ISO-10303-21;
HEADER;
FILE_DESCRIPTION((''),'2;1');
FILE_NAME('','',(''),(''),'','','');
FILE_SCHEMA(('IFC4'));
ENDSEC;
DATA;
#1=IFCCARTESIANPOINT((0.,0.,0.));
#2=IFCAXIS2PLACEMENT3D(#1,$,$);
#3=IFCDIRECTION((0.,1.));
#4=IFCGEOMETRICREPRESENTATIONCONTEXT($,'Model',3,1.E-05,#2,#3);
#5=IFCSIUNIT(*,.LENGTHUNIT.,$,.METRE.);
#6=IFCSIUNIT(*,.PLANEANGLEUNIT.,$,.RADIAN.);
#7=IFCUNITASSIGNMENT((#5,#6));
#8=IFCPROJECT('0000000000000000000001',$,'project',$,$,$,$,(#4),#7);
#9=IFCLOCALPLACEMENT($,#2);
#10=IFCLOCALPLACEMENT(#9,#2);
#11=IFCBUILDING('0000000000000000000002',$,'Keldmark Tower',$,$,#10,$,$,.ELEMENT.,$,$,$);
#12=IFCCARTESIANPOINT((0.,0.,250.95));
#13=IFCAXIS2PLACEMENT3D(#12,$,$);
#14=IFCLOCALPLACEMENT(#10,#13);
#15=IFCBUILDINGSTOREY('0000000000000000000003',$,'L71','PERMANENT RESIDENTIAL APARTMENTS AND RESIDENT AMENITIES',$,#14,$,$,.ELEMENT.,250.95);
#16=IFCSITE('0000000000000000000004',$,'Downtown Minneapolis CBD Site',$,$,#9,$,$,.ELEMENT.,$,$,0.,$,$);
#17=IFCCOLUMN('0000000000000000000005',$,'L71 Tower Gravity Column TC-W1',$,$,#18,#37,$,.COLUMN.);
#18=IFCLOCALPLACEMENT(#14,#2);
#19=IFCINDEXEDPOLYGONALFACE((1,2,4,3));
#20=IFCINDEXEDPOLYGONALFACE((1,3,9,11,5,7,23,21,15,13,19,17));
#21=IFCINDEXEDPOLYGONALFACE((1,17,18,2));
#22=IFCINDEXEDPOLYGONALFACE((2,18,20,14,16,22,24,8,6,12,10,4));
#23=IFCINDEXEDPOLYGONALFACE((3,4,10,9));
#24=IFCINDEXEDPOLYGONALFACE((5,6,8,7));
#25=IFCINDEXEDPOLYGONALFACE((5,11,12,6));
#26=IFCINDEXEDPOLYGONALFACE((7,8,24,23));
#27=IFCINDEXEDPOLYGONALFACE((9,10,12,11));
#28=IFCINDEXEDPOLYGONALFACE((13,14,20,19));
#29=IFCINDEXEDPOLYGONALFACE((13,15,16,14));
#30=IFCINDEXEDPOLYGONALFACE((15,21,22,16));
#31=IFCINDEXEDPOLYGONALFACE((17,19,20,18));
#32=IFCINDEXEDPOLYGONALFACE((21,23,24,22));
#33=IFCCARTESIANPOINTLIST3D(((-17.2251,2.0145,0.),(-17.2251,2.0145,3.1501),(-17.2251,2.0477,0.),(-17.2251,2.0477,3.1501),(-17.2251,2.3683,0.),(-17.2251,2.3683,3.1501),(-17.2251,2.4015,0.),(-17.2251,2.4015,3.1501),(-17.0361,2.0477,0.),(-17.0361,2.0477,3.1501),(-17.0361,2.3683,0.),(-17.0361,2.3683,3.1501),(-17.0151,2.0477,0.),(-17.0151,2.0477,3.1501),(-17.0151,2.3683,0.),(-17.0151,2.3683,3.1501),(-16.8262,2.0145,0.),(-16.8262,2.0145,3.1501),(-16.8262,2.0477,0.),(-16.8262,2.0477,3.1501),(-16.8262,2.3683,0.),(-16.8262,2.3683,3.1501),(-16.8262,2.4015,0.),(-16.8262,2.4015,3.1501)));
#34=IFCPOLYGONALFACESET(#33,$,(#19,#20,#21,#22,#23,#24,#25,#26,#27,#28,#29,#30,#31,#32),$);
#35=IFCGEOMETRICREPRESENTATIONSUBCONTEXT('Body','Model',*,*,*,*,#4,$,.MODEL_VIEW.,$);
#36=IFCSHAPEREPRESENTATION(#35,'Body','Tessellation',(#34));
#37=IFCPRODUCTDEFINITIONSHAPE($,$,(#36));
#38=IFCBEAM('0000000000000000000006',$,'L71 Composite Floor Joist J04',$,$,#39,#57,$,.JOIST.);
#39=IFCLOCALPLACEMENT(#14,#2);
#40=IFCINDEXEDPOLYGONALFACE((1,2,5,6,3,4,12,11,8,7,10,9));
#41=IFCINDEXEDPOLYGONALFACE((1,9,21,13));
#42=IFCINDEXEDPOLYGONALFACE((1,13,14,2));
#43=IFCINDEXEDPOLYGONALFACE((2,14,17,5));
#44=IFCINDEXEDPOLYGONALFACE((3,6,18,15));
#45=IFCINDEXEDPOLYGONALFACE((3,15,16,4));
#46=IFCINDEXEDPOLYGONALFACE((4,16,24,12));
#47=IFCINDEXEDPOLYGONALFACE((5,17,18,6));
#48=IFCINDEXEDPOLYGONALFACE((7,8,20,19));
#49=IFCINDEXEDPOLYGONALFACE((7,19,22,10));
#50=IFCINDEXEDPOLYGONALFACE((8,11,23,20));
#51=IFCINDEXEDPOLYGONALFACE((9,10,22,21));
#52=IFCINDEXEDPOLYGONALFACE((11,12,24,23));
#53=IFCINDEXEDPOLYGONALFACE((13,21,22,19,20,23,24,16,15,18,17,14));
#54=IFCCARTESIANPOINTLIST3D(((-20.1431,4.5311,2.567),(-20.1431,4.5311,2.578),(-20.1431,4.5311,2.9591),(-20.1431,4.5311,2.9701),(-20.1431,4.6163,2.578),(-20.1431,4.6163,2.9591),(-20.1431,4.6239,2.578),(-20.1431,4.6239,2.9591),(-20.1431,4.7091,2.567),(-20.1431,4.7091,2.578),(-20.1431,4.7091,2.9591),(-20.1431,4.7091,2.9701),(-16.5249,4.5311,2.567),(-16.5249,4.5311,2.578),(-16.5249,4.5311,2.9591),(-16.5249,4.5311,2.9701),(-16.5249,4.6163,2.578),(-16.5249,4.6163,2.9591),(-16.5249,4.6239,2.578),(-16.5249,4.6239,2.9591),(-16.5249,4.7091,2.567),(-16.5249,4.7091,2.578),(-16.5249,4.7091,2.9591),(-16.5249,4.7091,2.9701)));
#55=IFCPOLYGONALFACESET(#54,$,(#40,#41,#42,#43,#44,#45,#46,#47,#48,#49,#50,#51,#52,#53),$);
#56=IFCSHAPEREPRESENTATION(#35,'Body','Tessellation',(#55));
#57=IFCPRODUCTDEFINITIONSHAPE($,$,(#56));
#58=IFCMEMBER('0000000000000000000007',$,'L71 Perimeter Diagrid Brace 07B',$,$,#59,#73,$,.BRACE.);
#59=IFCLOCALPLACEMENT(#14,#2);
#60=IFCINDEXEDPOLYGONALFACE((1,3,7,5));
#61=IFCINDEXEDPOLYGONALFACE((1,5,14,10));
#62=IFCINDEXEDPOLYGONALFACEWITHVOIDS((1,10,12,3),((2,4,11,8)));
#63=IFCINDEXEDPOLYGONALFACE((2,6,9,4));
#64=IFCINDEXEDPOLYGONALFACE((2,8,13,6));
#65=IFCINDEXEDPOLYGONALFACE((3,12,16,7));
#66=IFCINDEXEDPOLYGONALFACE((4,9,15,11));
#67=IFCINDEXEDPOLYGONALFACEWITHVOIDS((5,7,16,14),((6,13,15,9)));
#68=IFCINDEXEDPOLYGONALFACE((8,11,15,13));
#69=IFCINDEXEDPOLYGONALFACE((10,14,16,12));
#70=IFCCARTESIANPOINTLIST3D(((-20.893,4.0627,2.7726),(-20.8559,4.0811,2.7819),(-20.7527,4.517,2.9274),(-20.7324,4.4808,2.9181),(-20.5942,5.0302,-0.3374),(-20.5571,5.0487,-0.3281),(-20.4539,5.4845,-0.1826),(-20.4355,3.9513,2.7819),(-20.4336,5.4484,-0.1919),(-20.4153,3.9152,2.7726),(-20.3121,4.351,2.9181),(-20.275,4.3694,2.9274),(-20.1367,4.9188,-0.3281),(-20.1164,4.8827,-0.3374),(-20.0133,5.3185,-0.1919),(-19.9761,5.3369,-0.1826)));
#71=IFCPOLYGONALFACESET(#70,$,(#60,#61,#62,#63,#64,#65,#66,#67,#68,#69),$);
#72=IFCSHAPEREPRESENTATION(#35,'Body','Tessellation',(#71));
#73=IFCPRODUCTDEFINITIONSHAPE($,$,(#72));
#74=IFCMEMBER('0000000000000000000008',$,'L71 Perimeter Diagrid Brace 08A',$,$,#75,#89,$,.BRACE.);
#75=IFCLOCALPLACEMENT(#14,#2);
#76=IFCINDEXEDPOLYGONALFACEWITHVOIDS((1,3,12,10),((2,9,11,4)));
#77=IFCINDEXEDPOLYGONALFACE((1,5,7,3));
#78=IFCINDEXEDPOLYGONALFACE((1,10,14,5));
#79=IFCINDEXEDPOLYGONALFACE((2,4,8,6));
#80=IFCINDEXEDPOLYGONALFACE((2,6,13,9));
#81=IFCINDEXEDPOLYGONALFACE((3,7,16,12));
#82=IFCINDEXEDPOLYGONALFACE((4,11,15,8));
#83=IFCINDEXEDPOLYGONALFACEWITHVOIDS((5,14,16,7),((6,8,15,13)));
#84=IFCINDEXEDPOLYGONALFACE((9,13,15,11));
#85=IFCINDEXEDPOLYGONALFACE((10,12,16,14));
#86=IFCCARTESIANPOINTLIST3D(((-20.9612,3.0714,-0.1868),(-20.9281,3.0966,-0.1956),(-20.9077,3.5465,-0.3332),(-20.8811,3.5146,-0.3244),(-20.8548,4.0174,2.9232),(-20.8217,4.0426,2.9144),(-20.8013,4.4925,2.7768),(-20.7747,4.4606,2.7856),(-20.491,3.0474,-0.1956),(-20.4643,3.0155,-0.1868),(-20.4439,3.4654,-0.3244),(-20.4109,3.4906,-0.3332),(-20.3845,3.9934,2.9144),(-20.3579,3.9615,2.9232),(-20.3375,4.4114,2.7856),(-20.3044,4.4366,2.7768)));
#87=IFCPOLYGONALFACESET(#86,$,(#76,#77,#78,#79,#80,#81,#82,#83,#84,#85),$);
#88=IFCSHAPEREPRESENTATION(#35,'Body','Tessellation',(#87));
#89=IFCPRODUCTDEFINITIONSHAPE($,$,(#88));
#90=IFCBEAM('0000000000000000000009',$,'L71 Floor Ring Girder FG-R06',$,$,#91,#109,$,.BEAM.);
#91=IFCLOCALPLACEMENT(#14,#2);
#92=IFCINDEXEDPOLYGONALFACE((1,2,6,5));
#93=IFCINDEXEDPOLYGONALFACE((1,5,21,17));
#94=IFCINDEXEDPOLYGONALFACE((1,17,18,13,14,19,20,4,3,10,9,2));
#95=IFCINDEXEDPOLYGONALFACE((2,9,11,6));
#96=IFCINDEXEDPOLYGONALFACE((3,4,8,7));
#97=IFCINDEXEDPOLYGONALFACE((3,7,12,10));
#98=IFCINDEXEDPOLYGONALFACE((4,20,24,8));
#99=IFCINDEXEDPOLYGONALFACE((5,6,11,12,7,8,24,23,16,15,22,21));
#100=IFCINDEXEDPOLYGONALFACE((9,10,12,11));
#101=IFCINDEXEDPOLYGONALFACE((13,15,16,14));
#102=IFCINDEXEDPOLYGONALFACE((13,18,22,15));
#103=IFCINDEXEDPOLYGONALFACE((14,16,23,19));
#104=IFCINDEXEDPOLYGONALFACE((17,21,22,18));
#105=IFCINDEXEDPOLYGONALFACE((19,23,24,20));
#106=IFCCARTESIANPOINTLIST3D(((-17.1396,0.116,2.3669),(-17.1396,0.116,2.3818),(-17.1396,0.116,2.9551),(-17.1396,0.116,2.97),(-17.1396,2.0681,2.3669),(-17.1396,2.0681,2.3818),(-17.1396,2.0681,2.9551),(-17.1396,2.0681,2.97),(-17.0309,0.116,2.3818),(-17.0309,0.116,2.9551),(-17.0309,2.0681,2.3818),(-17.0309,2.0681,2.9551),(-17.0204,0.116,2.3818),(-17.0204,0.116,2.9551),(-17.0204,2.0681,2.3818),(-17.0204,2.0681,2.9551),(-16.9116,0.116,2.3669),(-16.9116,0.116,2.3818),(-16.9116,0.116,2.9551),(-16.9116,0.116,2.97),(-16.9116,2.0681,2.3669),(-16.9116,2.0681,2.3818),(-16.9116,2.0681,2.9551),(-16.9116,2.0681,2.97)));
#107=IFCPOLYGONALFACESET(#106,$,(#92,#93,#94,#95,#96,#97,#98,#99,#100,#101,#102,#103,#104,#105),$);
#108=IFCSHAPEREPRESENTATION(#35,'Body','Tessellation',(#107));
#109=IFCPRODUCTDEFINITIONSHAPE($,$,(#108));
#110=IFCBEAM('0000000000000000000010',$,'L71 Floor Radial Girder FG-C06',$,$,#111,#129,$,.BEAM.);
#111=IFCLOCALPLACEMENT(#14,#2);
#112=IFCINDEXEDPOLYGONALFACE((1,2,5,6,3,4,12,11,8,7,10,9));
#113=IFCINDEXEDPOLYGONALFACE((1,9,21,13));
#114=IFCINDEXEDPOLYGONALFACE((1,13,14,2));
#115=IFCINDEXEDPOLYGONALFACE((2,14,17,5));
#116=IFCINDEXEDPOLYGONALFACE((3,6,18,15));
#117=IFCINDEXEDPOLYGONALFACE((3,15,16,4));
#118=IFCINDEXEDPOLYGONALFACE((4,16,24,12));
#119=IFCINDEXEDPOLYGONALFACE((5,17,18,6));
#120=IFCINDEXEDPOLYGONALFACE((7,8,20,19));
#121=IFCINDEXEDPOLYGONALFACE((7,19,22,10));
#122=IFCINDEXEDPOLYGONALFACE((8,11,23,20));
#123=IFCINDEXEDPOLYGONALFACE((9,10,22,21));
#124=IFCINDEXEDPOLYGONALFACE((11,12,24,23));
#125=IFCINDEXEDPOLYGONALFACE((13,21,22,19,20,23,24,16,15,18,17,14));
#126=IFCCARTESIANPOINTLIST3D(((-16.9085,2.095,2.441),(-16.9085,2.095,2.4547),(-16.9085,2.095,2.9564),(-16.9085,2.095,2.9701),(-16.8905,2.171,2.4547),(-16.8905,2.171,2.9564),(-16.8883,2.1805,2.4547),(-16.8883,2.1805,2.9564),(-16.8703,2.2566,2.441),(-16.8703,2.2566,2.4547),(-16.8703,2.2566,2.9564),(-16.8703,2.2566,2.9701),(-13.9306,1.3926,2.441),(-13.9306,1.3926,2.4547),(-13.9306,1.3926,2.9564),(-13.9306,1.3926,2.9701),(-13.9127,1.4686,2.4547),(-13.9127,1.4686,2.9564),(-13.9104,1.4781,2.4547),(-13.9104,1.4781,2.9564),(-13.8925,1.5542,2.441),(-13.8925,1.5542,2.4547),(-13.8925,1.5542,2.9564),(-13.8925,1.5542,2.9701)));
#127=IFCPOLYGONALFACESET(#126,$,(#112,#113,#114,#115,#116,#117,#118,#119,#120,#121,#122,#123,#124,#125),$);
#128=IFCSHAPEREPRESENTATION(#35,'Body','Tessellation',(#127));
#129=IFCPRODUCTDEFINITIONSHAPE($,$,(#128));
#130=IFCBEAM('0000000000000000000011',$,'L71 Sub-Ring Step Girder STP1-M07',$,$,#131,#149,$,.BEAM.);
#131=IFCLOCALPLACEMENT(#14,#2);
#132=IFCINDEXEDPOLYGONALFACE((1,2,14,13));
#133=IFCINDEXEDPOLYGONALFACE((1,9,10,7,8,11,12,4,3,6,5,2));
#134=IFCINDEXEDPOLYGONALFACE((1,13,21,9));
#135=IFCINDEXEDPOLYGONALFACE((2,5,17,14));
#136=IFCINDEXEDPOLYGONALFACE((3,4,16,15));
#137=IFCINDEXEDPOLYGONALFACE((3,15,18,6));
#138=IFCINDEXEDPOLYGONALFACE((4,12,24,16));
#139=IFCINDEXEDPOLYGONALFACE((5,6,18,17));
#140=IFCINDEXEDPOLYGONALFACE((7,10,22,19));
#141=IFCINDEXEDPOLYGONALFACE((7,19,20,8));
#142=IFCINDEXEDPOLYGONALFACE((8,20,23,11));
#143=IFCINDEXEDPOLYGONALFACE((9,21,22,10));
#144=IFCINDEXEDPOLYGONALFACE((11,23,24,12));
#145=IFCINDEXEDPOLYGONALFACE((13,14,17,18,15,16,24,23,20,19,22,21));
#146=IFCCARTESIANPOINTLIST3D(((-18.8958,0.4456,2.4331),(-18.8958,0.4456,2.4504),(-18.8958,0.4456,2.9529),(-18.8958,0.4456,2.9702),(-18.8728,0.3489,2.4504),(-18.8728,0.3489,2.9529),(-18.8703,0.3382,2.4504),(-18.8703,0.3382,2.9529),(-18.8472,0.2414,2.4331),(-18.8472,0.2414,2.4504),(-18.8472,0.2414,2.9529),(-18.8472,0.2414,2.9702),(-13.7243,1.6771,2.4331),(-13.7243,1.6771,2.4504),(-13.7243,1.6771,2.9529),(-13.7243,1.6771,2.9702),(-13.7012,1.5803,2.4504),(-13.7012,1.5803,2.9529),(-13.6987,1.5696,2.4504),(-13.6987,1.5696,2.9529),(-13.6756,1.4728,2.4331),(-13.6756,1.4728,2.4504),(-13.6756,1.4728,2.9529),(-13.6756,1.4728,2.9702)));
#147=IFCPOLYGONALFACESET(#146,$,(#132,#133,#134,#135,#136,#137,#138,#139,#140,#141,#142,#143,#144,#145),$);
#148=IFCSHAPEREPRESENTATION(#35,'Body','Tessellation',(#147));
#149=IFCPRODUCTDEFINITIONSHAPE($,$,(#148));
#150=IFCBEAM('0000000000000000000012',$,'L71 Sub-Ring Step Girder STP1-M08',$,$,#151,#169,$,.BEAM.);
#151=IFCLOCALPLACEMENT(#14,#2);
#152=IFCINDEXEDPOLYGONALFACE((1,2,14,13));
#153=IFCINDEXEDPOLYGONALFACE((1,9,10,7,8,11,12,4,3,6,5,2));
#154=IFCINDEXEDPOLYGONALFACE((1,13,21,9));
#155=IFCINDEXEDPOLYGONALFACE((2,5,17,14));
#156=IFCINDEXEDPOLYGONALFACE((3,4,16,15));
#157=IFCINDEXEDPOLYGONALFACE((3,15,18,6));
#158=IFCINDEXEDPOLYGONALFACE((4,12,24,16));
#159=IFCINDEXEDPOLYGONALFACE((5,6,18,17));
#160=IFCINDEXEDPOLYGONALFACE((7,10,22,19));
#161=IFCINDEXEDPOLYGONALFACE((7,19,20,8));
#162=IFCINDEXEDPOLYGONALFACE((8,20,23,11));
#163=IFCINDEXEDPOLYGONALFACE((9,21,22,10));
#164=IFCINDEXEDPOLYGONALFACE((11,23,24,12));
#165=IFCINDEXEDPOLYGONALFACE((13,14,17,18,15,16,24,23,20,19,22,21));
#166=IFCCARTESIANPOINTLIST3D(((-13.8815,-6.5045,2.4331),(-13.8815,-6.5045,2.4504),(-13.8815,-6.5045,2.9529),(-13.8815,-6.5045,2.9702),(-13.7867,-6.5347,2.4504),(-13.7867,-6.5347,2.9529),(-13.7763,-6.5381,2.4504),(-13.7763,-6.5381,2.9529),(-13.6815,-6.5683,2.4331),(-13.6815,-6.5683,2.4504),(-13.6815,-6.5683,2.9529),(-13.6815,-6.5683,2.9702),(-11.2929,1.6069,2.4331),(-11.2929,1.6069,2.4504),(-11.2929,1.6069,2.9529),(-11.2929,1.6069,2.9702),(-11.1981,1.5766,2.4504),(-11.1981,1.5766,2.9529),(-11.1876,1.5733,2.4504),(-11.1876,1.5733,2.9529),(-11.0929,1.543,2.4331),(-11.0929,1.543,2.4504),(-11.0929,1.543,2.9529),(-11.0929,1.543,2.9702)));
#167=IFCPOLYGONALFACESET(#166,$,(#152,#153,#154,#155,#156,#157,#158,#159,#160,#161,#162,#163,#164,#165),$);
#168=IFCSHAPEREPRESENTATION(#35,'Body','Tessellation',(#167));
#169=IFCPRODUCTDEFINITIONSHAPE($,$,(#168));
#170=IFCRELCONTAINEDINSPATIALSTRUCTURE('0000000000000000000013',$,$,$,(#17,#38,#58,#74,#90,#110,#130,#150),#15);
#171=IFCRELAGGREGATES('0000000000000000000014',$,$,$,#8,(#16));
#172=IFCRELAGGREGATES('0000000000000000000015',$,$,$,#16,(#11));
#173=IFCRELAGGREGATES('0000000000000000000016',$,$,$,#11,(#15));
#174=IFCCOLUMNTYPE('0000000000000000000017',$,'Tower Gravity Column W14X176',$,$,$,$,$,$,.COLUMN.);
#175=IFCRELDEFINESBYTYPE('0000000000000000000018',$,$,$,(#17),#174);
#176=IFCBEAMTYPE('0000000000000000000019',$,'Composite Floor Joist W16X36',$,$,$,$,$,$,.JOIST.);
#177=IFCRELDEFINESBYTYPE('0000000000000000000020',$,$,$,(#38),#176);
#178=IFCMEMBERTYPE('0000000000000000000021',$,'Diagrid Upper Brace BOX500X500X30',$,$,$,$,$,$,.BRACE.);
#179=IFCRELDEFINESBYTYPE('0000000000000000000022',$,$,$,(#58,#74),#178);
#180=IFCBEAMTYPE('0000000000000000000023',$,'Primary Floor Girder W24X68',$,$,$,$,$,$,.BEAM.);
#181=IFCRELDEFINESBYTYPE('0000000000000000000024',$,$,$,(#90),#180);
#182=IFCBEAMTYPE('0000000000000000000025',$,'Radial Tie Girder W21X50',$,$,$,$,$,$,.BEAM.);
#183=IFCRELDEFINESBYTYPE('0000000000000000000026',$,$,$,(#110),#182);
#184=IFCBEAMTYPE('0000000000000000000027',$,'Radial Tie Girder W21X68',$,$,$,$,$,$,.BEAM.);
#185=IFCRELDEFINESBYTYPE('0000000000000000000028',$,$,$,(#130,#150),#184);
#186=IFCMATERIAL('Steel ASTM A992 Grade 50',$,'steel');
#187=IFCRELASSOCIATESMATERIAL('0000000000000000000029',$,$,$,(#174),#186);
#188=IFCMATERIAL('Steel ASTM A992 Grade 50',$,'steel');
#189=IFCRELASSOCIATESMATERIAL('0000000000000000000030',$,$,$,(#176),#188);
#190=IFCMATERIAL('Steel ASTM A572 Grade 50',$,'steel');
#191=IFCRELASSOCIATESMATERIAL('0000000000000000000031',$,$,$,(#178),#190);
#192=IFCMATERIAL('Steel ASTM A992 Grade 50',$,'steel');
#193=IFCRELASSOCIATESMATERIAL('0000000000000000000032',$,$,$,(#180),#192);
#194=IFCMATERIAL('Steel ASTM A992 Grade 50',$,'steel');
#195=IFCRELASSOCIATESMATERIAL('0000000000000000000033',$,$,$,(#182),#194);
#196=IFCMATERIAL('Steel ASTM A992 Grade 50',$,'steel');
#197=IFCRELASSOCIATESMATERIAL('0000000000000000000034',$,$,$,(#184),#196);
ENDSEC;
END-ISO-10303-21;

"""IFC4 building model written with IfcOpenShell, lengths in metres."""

from ifc_helpers import new_model, si_unit, direction, frame, origin, origin_2d, place, context, subcontext, project, spatial, hollow_rectangle, i_section, extrude, material, material_profile, profile_set, type_object, element, save


model = new_model("IFC4")

# Units and contexts
model_context = context("Model", 3, precision=1e-05, world=origin(), true_north=direction((0.0, 1.0)))
body_context = subcontext(model_context, "Body", "Model", "MODEL_VIEW")
ifc_project = project(units=[si_unit("LENGTHUNIT", "METRE"), si_unit("PLANEANGLEUNIT", "RADIAN")], contexts=[model_context])

# Site, building, storey
site_placement = place(None, origin())
site = spatial("IfcSite", under=ifc_project, at=site_placement, Name="Downtown Minneapolis CBD Site", CompositionType="ELEMENT", RefElevation=0.0)
building_placement = place(site_placement, origin())
building = spatial("IfcBuilding", under=site, at=building_placement, Name="Keldmark Tower", CompositionType="ELEMENT")
storey_placement = place(building_placement, frame((0.0, 0.0, 250.95)))
storey = spatial("IfcBuildingStorey", under=building, at=storey_placement, Name="L71", Description="PERMANENT RESIDENTIAL APARTMENTS AND RESIDENT AMENITIES", CompositionType="ELEMENT", Elevation=250.95)

# Column
ifc_material_1 = material(Name="Steel ASTM A992 Grade 50", Category="steel")
ifc_material_profile_1 = material_profile(ifc_material_1, i_section(OverallWidth=0.3989, OverallDepth=0.387, WebThickness=0.021, FlangeThickness=0.0332, at=origin_2d()), Name="W14X176")
ifc_profile_set_1 = profile_set([ifc_material_profile_1], Name="Steel ASTM A992 Grade 50")
column_type = type_object("IfcColumnType", Name="Tower Gravity Column W14X176", PredefinedType="COLUMN", material=ifc_profile_set_1)
column_placement = place(storey_placement, frame((-17.0256, 2.208, 0.0), z_axis=(0.0, 0.0, 1.0), x_axis=(1.0, 0.0, 0.0)))
element("IfcColumn", 1, at=column_placement, inside=storey, type_object=column_type, Name="L71 Tower Gravity Column TC-W1", PredefinedType="COLUMN", context=body_context, shape_type="SweptSolid", body=[
    extrude(i_section(OverallWidth=0.3989, OverallDepth=0.387, WebThickness=0.021, FlangeThickness=0.0332, at=origin_2d()), origin(), (0.0, 0.0, 1.0), 3.1501),
])

# Beam
ifc_material_2 = material(Name="Steel ASTM A992 Grade 50", Category="steel")
ifc_material_profile_2 = material_profile(ifc_material_2, i_section(OverallWidth=0.178, OverallDepth=0.4031, WebThickness=0.0076, FlangeThickness=0.011, at=origin_2d()), Name="W16X36")
ifc_profile_set_2 = profile_set([ifc_material_profile_2], Name="Steel ASTM A992 Grade 50")
beam_type_1 = type_object("IfcBeamType", Name="Composite Floor Joist W16X36", PredefinedType="JOIST", material=ifc_profile_set_2)
beam_1_placement = place(storey_placement, frame((-20.1431, 4.6201, 2.7686), z_axis=(1.0, 0.0, 0.0), x_axis=(0.0, 1.0, 0.0)))
element("IfcBeam", 2, at=beam_1_placement, inside=storey, type_object=beam_type_1, Name="L71 Composite Floor Joist J04", PredefinedType="JOIST", context=body_context, shape_type="SweptSolid", body=[
    extrude(i_section(OverallWidth=0.178, OverallDepth=0.4031, WebThickness=0.0076, FlangeThickness=0.011, at=origin_2d()), origin(), (0.0, 0.0, 1.0), 3.6182),
])

# Members
ifc_material_3 = material(Name="Steel ASTM A572 Grade 50", Category="steel")
ifc_material_profile_3 = material_profile(ifc_material_3, hollow_rectangle(XDim=0.5, YDim=0.5, WallThickness=0.03, at=origin_2d()), Name="BOX500X500X30")
ifc_profile_set_3 = profile_set([ifc_material_profile_3], Name="Steel ASTM A572 Grade 50")
member_type = type_object("IfcMemberType", Name="Diagrid Upper Brace BOX500X500X30", PredefinedType="BRACE", material=ifc_profile_set_3)
member_1_placement = place(storey_placement, frame((-20.2852, 5.1836, -0.26), z_axis=(-0.091362, -0.295808, 0.950868), x_axis=(0.955466, -0.295102, 0.0)))
element("IfcMember", 3, at=member_1_placement, inside=storey, type_object=member_type, Name="L71 Perimeter Diagrid Brace 07B", PredefinedType="BRACE", context=body_context, shape_type="SweptSolid", body=[
    extrude(hollow_rectangle(XDim=0.5, YDim=0.5, WallThickness=0.03, at=origin_2d()), origin(), (0.0, 0.0, 1.0), 3.2708),
])
member_2_placement = place(storey_placement, frame((-20.686, 3.281, -0.26), z_axis=(0.032727, 0.290862, 0.956205), x_axis=(-0.99373, 0.111811, 0.0)))
element("IfcMember", 4, at=member_2_placement, inside=storey, type_object=member_type, Name="L71 Perimeter Diagrid Brace 08A", PredefinedType="BRACE", context=body_context, shape_type="SweptSolid", body=[
    extrude(hollow_rectangle(XDim=0.5, YDim=0.5, WallThickness=0.03, at=origin_2d()), origin(), (0.0, 0.0, 1.0), 3.2524),
])

# Beams
ifc_material_4 = material(Name="Steel ASTM A992 Grade 50", Category="steel")
ifc_material_profile_4 = material_profile(ifc_material_4, i_section(OverallWidth=0.228, OverallDepth=0.603, WebThickness=0.0105, FlangeThickness=0.0149, at=origin_2d()), Name="W24X68")
ifc_profile_set_4 = profile_set([ifc_material_profile_4], Name="Steel ASTM A992 Grade 50")
beam_type_2 = type_object("IfcBeamType", Name="Primary Floor Girder W24X68", PredefinedType="BEAM", material=ifc_profile_set_4)
beam_2_placement = place(storey_placement, frame((-17.0256, 2.0681, 2.6685), z_axis=(0.0, -1.0, 0.0), x_axis=(1.0, 0.0, 0.0)))
element("IfcBeam", 5, at=beam_2_placement, inside=storey, type_object=beam_type_2, Name="L71 Floor Ring Girder FG-R06", PredefinedType="BEAM", context=body_context, shape_type="SweptSolid", body=[
    extrude(i_section(OverallWidth=0.228, OverallDepth=0.603, WebThickness=0.0105, FlangeThickness=0.0149, at=origin_2d()), origin(), (0.0, 0.0, 1.0), 1.9521),
])
ifc_material_5 = material(Name="Steel ASTM A992 Grade 50", Category="steel")
ifc_material_profile_5 = material_profile(ifc_material_5, i_section(OverallWidth=0.166, OverallDepth=0.5291, WebThickness=0.0098, FlangeThickness=0.0137, at=origin_2d()), Name="W21X50")
ifc_profile_set_5 = profile_set([ifc_material_profile_5], Name="Steel ASTM A992 Grade 50")
beam_type_3 = type_object("IfcBeamType", Name="Radial Tie Girder W21X50", PredefinedType="BEAM", material=ifc_profile_set_5)
beam_3_placement = place(storey_placement, frame((-16.8894, 2.1758, 2.7056), z_axis=(0.97329, -0.229577, 0.0), x_axis=(0.229577, 0.97329, 0.0)))
element("IfcBeam", 6, at=beam_3_placement, inside=storey, type_object=beam_type_3, Name="L71 Floor Radial Girder FG-C06", PredefinedType="BEAM", context=body_context, shape_type="SweptSolid", body=[
    extrude(i_section(OverallWidth=0.166, OverallDepth=0.5291, WebThickness=0.0098, FlangeThickness=0.0137, at=origin_2d()), origin(), (0.0, 0.0, 1.0), 3.0596),
])
ifc_material_6 = material(Name="Steel ASTM A992 Grade 50", Category="steel")
ifc_material_profile_6 = material_profile(ifc_material_6, i_section(OverallWidth=0.21, OverallDepth=0.5371, WebThickness=0.011, FlangeThickness=0.0173, at=origin_2d()), Name="W21X68")
ifc_profile_set_6 = profile_set([ifc_material_profile_6], Name="Steel ASTM A992 Grade 50")
beam_type_4 = type_object("IfcBeamType", Name="Radial Tie Girder W21X68", PredefinedType="BEAM", material=ifc_profile_set_6)
beam_4_placement = place(storey_placement, frame((-13.7, 1.575, 2.7017), z_axis=(-0.972802, -0.231639, 0.0), x_axis=(0.231639, -0.972802, 0.0)))
element("IfcBeam", 7, at=beam_4_placement, inside=storey, type_object=beam_type_4, Name="L71 Sub-Ring Step Girder STP1-M07", PredefinedType="BEAM", context=body_context, shape_type="SweptSolid", body=[
    extrude(i_section(OverallWidth=0.21, OverallDepth=0.5371, WebThickness=0.011, FlangeThickness=0.0173, at=origin_2d()), origin(), (0.0, 0.0, 1.0), 5.3162),
])
beam_5_placement = place(storey_placement, frame((-11.1929, 1.575, 2.7017), z_axis=(-0.30403, -0.952663, 0.0), x_axis=(0.952663, -0.30403, 0.0)))
element("IfcBeam", 8, at=beam_5_placement, inside=storey, type_object=beam_type_4, Name="L71 Sub-Ring Step Girder STP1-M08", PredefinedType="BEAM", context=body_context, shape_type="SweptSolid", body=[
    extrude(i_section(OverallWidth=0.21, OverallDepth=0.5371, WebThickness=0.011, FlangeThickness=0.0173, at=origin_2d()), origin(), (0.0, 0.0, 1.0), 8.5144),
])

save(model, "model.ifc")
